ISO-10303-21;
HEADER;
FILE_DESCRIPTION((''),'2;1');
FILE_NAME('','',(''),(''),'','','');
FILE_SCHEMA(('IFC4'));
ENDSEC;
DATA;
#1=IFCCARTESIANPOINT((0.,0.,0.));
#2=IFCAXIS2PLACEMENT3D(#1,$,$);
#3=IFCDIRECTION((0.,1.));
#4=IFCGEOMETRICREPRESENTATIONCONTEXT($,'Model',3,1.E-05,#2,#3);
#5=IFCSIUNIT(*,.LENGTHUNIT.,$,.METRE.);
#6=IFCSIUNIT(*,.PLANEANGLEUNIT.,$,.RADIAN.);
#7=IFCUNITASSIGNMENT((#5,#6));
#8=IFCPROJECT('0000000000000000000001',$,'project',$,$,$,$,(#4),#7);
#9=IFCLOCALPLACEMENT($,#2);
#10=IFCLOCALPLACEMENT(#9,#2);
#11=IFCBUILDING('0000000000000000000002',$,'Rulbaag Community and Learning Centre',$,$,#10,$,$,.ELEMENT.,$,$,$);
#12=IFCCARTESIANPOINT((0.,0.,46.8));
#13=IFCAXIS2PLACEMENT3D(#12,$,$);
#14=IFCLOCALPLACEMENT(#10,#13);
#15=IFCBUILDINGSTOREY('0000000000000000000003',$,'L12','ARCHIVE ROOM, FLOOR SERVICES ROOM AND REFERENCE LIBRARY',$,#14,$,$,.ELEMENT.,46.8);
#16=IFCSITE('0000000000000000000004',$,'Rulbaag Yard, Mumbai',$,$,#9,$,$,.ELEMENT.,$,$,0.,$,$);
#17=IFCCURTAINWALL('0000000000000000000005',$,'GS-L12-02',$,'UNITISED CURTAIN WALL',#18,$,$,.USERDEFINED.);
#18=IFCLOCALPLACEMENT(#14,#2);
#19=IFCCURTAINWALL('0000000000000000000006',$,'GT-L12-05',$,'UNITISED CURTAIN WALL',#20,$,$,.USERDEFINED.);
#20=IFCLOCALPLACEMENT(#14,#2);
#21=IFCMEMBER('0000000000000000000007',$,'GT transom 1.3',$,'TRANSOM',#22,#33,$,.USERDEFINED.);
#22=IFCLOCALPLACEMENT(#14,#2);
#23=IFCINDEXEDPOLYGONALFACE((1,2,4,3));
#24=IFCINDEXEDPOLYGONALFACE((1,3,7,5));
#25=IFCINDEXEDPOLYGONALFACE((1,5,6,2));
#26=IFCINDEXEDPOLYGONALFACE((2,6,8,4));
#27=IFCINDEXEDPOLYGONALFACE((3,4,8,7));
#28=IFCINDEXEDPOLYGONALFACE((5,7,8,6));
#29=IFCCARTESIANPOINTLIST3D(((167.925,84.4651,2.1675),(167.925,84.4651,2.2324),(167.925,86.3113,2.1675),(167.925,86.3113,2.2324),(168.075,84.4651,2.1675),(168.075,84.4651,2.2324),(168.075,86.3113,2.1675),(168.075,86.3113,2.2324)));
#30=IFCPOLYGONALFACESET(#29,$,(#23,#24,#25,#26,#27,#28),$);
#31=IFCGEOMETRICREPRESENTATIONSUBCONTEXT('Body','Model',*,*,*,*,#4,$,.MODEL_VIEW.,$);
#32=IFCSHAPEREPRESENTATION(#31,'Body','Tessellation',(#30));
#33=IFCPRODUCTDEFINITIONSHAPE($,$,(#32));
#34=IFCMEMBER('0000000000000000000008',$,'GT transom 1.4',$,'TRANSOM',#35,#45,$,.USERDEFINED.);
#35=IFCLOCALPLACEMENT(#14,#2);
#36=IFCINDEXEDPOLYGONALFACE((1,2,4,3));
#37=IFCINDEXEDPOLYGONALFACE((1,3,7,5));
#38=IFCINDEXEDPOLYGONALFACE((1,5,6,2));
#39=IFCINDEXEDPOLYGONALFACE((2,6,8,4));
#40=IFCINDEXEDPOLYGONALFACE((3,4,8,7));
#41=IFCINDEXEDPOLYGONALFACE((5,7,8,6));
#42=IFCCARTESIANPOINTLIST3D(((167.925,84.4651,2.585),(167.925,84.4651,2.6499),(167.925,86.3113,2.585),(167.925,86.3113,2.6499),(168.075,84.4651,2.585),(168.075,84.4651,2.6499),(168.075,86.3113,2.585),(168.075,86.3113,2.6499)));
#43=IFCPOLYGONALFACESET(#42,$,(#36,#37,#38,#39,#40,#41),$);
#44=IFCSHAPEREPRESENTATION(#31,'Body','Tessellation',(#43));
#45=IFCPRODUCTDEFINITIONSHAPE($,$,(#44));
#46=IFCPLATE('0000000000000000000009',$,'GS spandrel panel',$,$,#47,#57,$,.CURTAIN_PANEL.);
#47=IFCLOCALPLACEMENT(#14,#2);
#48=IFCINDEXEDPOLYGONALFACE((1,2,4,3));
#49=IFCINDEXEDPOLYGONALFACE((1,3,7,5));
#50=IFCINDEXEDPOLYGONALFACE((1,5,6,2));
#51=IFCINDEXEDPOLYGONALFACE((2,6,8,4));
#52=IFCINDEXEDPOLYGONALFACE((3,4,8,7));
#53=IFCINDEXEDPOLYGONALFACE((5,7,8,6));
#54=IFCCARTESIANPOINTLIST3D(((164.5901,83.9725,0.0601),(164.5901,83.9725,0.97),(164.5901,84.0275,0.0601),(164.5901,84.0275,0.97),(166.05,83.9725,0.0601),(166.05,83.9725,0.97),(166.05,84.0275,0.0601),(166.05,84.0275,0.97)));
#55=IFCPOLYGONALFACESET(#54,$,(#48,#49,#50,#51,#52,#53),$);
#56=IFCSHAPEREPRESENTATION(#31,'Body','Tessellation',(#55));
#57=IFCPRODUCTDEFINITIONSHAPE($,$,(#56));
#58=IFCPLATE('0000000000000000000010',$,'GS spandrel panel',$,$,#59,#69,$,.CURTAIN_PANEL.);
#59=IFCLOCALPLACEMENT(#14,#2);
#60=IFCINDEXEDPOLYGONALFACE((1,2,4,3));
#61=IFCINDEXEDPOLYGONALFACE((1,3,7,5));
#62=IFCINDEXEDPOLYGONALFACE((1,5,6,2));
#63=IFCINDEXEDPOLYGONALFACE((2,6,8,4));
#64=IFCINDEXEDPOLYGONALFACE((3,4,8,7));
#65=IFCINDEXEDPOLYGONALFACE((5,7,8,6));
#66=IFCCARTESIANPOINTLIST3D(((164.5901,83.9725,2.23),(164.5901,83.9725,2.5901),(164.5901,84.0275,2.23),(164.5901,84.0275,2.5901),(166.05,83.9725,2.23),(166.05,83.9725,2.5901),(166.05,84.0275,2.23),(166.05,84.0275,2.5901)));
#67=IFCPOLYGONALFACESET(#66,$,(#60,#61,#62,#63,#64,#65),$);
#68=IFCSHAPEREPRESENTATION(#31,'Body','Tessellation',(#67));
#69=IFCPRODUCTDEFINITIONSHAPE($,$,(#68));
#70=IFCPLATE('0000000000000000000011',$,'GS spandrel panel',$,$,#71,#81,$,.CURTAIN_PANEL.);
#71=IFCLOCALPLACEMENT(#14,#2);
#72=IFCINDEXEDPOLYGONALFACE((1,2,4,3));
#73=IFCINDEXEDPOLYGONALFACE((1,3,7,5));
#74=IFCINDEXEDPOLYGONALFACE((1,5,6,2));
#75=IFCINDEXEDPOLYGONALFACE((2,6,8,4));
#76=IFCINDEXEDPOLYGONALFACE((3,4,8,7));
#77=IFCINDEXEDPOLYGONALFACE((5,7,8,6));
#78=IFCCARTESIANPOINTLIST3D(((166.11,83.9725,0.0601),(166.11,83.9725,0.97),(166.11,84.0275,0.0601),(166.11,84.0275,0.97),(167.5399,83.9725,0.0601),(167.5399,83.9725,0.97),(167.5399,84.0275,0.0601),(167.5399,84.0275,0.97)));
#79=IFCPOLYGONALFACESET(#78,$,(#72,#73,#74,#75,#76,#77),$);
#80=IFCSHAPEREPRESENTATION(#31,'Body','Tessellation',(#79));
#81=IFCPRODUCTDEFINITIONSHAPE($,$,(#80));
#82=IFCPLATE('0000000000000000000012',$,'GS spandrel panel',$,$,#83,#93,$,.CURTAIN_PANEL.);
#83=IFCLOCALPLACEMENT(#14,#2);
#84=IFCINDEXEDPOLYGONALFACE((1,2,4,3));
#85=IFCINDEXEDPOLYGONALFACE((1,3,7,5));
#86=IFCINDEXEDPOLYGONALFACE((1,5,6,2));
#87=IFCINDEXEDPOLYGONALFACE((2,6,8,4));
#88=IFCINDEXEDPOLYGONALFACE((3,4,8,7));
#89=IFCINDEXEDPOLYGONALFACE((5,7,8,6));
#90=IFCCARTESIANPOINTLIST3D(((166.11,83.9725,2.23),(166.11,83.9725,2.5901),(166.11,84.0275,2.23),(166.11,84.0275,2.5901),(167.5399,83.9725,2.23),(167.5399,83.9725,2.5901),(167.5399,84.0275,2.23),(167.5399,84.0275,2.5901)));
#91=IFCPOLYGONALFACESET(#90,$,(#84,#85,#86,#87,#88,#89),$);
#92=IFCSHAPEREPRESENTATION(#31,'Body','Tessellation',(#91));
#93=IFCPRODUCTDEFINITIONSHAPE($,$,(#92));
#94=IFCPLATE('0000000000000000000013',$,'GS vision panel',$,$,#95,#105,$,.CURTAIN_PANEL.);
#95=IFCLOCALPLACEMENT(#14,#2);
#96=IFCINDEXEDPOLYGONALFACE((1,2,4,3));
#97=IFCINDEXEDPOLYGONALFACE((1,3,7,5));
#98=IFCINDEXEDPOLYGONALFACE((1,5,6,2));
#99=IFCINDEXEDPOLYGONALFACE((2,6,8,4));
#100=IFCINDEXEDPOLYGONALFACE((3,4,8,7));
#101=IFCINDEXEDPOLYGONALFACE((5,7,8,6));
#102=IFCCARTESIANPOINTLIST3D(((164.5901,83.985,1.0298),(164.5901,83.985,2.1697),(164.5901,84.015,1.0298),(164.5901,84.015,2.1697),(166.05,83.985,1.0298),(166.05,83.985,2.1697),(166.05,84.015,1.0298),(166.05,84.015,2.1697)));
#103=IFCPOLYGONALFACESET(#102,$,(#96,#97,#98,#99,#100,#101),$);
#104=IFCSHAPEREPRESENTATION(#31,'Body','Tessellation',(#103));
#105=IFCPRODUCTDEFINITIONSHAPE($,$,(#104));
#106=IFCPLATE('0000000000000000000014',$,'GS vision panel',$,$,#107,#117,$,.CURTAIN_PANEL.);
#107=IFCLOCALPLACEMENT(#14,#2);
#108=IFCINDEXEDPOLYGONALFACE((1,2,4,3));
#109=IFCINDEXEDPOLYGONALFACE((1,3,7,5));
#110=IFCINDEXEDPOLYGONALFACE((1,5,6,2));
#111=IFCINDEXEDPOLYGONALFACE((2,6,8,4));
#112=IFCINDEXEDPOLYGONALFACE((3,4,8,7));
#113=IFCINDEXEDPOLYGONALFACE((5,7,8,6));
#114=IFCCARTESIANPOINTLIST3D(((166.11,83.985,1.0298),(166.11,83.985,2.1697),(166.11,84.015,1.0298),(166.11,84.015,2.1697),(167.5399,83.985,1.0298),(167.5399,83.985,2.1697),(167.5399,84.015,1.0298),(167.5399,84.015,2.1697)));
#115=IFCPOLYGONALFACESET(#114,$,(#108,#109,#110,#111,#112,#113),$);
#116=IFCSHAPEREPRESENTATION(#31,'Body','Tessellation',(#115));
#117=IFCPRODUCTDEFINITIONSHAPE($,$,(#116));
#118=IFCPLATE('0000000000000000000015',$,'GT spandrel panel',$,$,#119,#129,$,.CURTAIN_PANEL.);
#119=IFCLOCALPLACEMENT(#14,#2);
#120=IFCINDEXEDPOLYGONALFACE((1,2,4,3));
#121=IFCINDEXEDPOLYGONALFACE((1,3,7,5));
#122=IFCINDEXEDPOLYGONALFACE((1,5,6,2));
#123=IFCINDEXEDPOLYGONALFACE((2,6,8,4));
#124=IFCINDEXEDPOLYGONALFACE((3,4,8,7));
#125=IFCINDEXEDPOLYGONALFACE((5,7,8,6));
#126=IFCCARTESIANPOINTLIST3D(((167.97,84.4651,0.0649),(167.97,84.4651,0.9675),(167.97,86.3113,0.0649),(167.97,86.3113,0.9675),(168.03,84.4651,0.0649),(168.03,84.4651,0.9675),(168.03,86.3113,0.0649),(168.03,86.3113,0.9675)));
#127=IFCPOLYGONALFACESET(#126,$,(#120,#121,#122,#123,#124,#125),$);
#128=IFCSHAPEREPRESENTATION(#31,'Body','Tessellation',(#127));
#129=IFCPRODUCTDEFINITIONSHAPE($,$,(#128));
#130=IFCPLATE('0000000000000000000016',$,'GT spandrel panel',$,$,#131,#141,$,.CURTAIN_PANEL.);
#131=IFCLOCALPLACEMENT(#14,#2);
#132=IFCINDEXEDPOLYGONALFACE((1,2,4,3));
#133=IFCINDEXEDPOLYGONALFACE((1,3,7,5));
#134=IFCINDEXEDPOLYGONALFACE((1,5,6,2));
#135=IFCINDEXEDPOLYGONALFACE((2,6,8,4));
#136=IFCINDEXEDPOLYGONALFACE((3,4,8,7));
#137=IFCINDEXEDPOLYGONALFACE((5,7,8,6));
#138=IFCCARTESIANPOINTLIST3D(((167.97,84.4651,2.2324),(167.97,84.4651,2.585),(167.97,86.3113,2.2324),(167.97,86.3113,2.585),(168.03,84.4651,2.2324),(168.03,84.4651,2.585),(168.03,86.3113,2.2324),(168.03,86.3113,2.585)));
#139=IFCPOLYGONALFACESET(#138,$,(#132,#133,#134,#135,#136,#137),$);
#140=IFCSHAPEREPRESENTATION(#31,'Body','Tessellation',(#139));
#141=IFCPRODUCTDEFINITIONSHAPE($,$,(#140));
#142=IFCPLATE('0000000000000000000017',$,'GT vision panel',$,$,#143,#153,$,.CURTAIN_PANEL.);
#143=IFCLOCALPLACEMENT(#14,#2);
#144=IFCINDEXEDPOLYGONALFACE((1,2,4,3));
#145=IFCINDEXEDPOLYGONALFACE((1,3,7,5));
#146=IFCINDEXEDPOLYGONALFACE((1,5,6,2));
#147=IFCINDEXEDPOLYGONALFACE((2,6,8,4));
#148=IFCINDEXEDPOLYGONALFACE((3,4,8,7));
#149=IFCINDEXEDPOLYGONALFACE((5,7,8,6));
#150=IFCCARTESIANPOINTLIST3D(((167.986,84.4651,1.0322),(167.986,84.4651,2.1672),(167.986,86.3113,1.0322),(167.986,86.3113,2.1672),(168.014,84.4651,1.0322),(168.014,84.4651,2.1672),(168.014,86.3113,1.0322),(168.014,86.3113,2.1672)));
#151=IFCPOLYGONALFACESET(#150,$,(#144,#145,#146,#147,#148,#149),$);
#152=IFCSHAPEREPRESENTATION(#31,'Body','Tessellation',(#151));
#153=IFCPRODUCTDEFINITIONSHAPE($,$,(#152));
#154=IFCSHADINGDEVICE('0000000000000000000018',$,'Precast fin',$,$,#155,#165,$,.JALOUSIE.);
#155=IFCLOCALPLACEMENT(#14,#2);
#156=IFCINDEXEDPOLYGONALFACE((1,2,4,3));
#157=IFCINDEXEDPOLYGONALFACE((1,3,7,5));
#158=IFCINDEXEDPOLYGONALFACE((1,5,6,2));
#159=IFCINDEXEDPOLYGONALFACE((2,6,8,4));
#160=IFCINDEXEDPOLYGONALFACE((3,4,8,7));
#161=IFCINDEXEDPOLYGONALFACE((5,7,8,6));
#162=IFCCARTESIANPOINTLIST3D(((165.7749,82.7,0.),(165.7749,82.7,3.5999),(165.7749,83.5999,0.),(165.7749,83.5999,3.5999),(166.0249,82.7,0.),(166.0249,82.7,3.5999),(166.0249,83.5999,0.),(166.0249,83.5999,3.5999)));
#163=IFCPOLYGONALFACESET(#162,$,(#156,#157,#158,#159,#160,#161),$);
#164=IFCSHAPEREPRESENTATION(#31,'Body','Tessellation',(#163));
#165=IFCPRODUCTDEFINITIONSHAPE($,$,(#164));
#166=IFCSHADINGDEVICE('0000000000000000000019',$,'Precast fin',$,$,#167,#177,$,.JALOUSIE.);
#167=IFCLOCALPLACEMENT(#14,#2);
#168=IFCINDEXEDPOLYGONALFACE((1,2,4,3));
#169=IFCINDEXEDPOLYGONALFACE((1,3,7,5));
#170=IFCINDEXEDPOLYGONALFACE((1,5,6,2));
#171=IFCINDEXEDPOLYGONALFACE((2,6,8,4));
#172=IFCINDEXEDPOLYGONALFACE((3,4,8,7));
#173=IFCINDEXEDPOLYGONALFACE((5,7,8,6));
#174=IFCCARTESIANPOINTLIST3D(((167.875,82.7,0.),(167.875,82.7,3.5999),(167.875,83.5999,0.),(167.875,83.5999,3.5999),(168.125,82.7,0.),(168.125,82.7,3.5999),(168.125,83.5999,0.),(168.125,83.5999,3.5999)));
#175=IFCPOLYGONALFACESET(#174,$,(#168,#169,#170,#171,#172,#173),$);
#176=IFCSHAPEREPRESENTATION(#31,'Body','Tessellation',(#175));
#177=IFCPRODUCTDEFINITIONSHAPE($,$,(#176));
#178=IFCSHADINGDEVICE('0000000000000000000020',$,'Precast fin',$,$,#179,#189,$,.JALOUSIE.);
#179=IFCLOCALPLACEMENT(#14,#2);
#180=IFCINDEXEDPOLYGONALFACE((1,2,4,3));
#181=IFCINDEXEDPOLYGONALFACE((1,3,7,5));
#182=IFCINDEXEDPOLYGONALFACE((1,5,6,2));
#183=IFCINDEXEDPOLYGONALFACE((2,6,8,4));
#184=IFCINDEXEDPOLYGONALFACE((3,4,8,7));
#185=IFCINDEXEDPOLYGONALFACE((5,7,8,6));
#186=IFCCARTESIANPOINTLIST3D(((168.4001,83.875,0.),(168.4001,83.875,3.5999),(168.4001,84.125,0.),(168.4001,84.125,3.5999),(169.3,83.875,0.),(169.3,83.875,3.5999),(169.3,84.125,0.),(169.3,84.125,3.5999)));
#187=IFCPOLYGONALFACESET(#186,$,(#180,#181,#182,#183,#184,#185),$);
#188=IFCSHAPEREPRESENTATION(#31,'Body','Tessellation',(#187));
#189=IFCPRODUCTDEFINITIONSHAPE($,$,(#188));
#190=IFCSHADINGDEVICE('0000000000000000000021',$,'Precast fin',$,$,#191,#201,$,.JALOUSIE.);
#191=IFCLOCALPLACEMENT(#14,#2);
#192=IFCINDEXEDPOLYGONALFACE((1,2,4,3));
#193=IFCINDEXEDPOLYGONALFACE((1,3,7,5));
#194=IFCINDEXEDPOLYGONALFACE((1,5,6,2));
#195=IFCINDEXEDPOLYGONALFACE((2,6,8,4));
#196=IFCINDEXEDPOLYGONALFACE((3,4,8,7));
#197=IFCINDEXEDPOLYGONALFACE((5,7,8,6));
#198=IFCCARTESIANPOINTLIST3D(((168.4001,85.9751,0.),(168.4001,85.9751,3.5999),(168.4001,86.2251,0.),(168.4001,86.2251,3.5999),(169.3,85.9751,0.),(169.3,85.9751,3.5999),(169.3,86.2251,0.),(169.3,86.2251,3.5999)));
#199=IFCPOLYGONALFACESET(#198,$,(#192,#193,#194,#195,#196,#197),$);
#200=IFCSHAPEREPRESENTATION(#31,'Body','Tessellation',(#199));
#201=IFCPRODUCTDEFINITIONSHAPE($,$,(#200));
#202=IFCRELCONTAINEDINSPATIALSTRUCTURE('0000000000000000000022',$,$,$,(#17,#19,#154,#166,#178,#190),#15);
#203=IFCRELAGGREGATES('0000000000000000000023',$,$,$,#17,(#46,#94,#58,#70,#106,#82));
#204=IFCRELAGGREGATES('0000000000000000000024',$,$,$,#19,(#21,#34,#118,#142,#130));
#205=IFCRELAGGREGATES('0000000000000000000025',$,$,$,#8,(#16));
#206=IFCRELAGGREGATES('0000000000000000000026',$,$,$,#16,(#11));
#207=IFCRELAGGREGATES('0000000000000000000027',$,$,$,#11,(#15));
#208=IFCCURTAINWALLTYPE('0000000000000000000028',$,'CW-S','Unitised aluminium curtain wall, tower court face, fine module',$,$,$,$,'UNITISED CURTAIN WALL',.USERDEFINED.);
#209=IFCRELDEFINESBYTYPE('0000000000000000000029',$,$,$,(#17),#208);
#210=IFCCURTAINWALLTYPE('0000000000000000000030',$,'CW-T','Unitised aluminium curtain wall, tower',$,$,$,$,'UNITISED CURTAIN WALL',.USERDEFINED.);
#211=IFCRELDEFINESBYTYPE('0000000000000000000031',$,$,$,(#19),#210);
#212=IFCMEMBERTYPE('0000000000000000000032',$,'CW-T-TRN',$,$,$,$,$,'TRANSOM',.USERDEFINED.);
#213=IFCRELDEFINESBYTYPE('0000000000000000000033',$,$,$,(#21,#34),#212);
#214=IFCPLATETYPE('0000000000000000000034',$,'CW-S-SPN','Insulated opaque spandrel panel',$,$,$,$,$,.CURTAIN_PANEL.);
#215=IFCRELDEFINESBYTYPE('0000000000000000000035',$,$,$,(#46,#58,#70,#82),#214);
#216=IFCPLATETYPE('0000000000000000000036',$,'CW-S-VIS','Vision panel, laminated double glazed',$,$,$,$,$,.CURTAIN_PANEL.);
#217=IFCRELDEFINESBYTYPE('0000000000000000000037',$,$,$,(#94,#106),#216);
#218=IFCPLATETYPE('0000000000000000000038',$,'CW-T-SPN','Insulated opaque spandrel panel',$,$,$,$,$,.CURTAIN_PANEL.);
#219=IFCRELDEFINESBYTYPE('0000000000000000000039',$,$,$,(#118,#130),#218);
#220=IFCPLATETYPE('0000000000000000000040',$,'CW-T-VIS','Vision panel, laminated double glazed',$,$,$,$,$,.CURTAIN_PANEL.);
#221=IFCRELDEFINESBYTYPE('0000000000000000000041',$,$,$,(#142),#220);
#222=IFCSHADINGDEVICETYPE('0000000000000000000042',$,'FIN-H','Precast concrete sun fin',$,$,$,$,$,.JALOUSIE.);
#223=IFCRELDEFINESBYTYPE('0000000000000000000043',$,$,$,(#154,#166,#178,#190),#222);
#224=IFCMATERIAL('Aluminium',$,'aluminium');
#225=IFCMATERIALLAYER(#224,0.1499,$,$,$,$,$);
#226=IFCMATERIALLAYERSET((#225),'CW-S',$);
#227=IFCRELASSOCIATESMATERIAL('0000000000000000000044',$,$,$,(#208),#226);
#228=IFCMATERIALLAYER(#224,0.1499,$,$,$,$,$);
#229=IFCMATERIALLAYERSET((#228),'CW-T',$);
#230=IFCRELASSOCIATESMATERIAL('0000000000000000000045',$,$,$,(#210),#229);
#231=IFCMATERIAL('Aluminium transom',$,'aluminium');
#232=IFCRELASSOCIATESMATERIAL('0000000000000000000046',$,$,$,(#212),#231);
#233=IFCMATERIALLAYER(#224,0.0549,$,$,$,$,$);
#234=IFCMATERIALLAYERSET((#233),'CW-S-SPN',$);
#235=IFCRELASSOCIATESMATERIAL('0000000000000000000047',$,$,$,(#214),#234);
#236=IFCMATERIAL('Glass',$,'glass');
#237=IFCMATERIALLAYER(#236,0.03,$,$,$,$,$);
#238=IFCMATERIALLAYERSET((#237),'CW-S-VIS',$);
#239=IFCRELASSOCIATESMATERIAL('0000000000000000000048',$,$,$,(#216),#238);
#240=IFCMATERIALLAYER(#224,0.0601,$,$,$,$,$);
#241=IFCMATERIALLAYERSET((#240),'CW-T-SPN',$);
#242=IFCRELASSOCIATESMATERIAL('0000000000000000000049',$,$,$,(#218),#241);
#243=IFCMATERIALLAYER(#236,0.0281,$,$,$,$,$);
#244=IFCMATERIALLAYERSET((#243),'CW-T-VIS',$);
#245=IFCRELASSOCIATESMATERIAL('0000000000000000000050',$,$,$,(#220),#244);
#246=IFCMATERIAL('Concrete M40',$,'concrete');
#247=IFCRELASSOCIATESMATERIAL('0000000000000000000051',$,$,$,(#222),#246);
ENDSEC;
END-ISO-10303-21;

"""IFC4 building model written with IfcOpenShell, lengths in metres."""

from ifc_helpers import new_model, si_unit, direction, frame, origin, origin_2d, place, context, subcontext, project, spatial, rectangle, extrude, material, layer, layer_set, material_profile, profile_set, type_object, element, aggregate, save


model = new_model("IFC4")

# Units and contexts
model_context = context("Model", 3, precision=1e-05, world=origin(), true_north=direction((0.0, 1.0)))
body_context = subcontext(model_context, "Body", "Model", "MODEL_VIEW")
ifc_project = project(units=[si_unit("LENGTHUNIT", "METRE"), si_unit("PLANEANGLEUNIT", "RADIAN")], contexts=[model_context])

# Site, building, storey
site_placement = place(None, origin())
site = spatial("IfcSite", under=ifc_project, at=site_placement, Name="Rulbaag Yard, Mumbai", CompositionType="ELEMENT", RefElevation=0.0)
building_placement = place(site_placement, origin())
building = spatial("IfcBuilding", under=site, at=building_placement, Name="Rulbaag Community and Learning Centre", CompositionType="ELEMENT")
storey_placement = place(building_placement, frame((0.0, 0.0, 46.8)))
storey = spatial("IfcBuildingStorey", under=building, at=storey_placement, Name="L12", Description="ARCHIVE ROOM, FLOOR SERVICES ROOM AND REFERENCE LIBRARY", CompositionType="ELEMENT", Elevation=46.8)

# Shared definitions
ifc_material_1 = material(Name="Concrete M40", Category="concrete")

# Curtain walls, members
ifc_material_2 = material(Name="Aluminium", Category="aluminium")
ifc_layer_1 = layer(ifc_material_2, 0.1499)
ifc_layer_set_1 = layer_set([ifc_layer_1], Name="CW-S")
curtain_wall_type_1 = type_object("IfcCurtainWallType", Name="CW-S", Description="Unitised aluminium curtain wall, tower court face, fine module", ElementType="UNITISED CURTAIN WALL", PredefinedType="USERDEFINED", material=ifc_layer_set_1)
curtain_wall_1_placement = place(storey_placement, origin())
curtain_wall_1 = element("IfcCurtainWall", 1, at=curtain_wall_1_placement, inside=storey, type_object=curtain_wall_type_1, Name="GS-L12-02", ObjectType="UNITISED CURTAIN WALL", PredefinedType="USERDEFINED")
ifc_material_3 = material(Name="Aluminium transom", Category="aluminium")
ifc_layer_2 = layer(ifc_material_2, 0.1499)
ifc_layer_set_2 = layer_set([ifc_layer_2], Name="CW-T")
curtain_wall_type_2 = type_object("IfcCurtainWallType", Name="CW-T", Description="Unitised aluminium curtain wall, tower", ElementType="UNITISED CURTAIN WALL", PredefinedType="USERDEFINED", material=ifc_layer_set_2)
curtain_wall_2_placement = place(storey_placement, origin())
curtain_wall_2 = element("IfcCurtainWall", 2, at=curtain_wall_2_placement, inside=storey, type_object=curtain_wall_type_2, Name="GT-L12-05", ObjectType="UNITISED CURTAIN WALL", PredefinedType="USERDEFINED")
ifc_material_profile_1 = material_profile(ifc_material_3, rectangle(XDim=0.1499, YDim=0.0649, at=origin_2d()), Name="AL 65x150 T")
ifc_profile_set_1 = profile_set([ifc_material_profile_1], Name="Aluminium transom")
member_type_1 = type_object("IfcMemberType", Name="CW-T-TRN", ElementType="TRANSOM", PredefinedType="USERDEFINED", material=ifc_profile_set_1)
member_1_placement = place(storey_placement, frame((168.0, 84.4651, 2.2), z_axis=(0.0, 1.0, 0.0), x_axis=(-1.0, 0.0, 0.0)))
member_1 = element("IfcMember", 3, at=member_1_placement, type_object=member_type_1, Name="GT transom 1.3", ObjectType="TRANSOM", PredefinedType="USERDEFINED", context=body_context, shape_type="SweptSolid", body=[
    extrude(rectangle(XDim=0.1499, YDim=0.0649, at=origin_2d()), origin(), (0.0, 0.0, 1.0), 1.8462),
])
member_2_placement = place(storey_placement, frame((168.0, 84.4651, 2.6174), z_axis=(0.0, 1.0, 0.0), x_axis=(-1.0, 0.0, 0.0)))
member_2 = element("IfcMember", 4, at=member_2_placement, type_object=member_type_1, Name="GT transom 1.4", ObjectType="TRANSOM", PredefinedType="USERDEFINED", context=body_context, shape_type="SweptSolid", body=[
    extrude(rectangle(XDim=0.1499, YDim=0.0649, at=origin_2d()), origin(), (0.0, 0.0, 1.0), 1.8462),
])

# Plates
ifc_layer_3 = layer(ifc_material_2, 0.0549)
ifc_layer_set_3 = layer_set([ifc_layer_3], Name="CW-S-SPN")
plate_type_1 = type_object("IfcPlateType", Name="CW-S-SPN", Description="Insulated opaque spandrel panel", PredefinedType="CURTAIN_PANEL", material=ifc_layer_set_3)
plate_1_placement = place(storey_placement, frame((165.3201, 84.0, 0.0601), z_axis=(0.0, 0.0, 1.0), x_axis=(1.0, 0.0, 0.0)))
plate_1 = element("IfcPlate", 5, at=plate_1_placement, type_object=plate_type_1, Name="GS spandrel panel", PredefinedType="CURTAIN_PANEL", context=body_context, shape_type="SweptSolid", body=[
    extrude(rectangle(XDim=1.46, YDim=0.0549, at=origin_2d()), origin(), (0.0, 0.0, 1.0), 0.9099),
])
plate_2_placement = place(storey_placement, frame((165.3201, 84.0, 2.23), z_axis=(0.0, 0.0, 1.0), x_axis=(1.0, 0.0, 0.0)))
plate_2 = element("IfcPlate", 6, at=plate_2_placement, type_object=plate_type_1, Name="GS spandrel panel", PredefinedType="CURTAIN_PANEL", context=body_context, shape_type="SweptSolid", body=[
    extrude(rectangle(XDim=1.46, YDim=0.0549, at=origin_2d()), origin(), (0.0, 0.0, 1.0), 0.3601),
])
plate_3_placement = place(storey_placement, frame((166.825, 84.0, 0.0601), z_axis=(0.0, 0.0, 1.0), x_axis=(1.0, 0.0, 0.0)))
plate_3 = element("IfcPlate", 7, at=plate_3_placement, type_object=plate_type_1, Name="GS spandrel panel", PredefinedType="CURTAIN_PANEL", context=body_context, shape_type="SweptSolid", body=[
    extrude(rectangle(XDim=1.4299, YDim=0.0549, at=origin_2d()), origin(), (0.0, 0.0, 1.0), 0.9099),
])
plate_4_placement = place(storey_placement, frame((166.825, 84.0, 2.23), z_axis=(0.0, 0.0, 1.0), x_axis=(1.0, 0.0, 0.0)))
plate_4 = element("IfcPlate", 8, at=plate_4_placement, type_object=plate_type_1, Name="GS spandrel panel", PredefinedType="CURTAIN_PANEL", context=body_context, shape_type="SweptSolid", body=[
    extrude(rectangle(XDim=1.4299, YDim=0.0549, at=origin_2d()), origin(), (0.0, 0.0, 1.0), 0.3601),
])
ifc_material_4 = material(Name="Glass", Category="glass")
ifc_layer_4 = layer(ifc_material_4, 0.03)
ifc_layer_set_4 = layer_set([ifc_layer_4], Name="CW-S-VIS")
plate_type_2 = type_object("IfcPlateType", Name="CW-S-VIS", Description="Vision panel, laminated double glazed", PredefinedType="CURTAIN_PANEL", material=ifc_layer_set_4)
plate_5_placement = place(storey_placement, frame((165.3201, 84.0, 1.0298), z_axis=(0.0, 0.0, 1.0), x_axis=(1.0, 0.0, 0.0)))
plate_5 = element("IfcPlate", 9, at=plate_5_placement, type_object=plate_type_2, Name="GS vision panel", PredefinedType="CURTAIN_PANEL", context=body_context, shape_type="SweptSolid", body=[
    extrude(rectangle(XDim=1.46, YDim=0.03, at=origin_2d()), origin(), (0.0, 0.0, 1.0), 1.1399),
])
plate_6_placement = place(storey_placement, frame((166.825, 84.0, 1.0298), z_axis=(0.0, 0.0, 1.0), x_axis=(1.0, 0.0, 0.0)))
plate_6 = element("IfcPlate", 10, at=plate_6_placement, type_object=plate_type_2, Name="GS vision panel", PredefinedType="CURTAIN_PANEL", context=body_context, shape_type="SweptSolid", body=[
    extrude(rectangle(XDim=1.4299, YDim=0.03, at=origin_2d()), origin(), (0.0, 0.0, 1.0), 1.1399),
])
aggregate(curtain_wall_1, [plate_1, plate_5, plate_2, plate_3, plate_6, plate_4])
ifc_layer_5 = layer(ifc_material_2, 0.0601)
ifc_layer_set_5 = layer_set([ifc_layer_5], Name="CW-T-SPN")
plate_type_3 = type_object("IfcPlateType", Name="CW-T-SPN", Description="Insulated opaque spandrel panel", PredefinedType="CURTAIN_PANEL", material=ifc_layer_set_5)
plate_7_placement = place(storey_placement, frame((168.0, 85.3882, 0.0649), z_axis=(0.0, 0.0, 1.0), x_axis=(0.0, 1.0, 0.0)))
plate_7 = element("IfcPlate", 11, at=plate_7_placement, type_object=plate_type_3, Name="GT spandrel panel", PredefinedType="CURTAIN_PANEL", context=body_context, shape_type="SweptSolid", body=[
    extrude(rectangle(XDim=1.8462, YDim=0.0601, at=origin_2d()), origin(), (0.0, 0.0, 1.0), 0.9026),
])
plate_8_placement = place(storey_placement, frame((168.0, 85.3882, 2.2324), z_axis=(0.0, 0.0, 1.0), x_axis=(0.0, 1.0, 0.0)))
plate_8 = element("IfcPlate", 12, at=plate_8_placement, type_object=plate_type_3, Name="GT spandrel panel", PredefinedType="CURTAIN_PANEL", context=body_context, shape_type="SweptSolid", body=[
    extrude(rectangle(XDim=1.8462, YDim=0.0601, at=origin_2d()), origin(), (0.0, 0.0, 1.0), 0.3525),
])
ifc_layer_6 = layer(ifc_material_4, 0.0281)
ifc_layer_set_6 = layer_set([ifc_layer_6], Name="CW-T-VIS")
plate_type_4 = type_object("IfcPlateType", Name="CW-T-VIS", Description="Vision panel, laminated double glazed", PredefinedType="CURTAIN_PANEL", material=ifc_layer_set_6)
plate_9_placement = place(storey_placement, frame((168.0, 85.3882, 1.0322), z_axis=(0.0, 0.0, 1.0), x_axis=(0.0, 1.0, 0.0)))
plate_9 = element("IfcPlate", 13, at=plate_9_placement, type_object=plate_type_4, Name="GT vision panel", PredefinedType="CURTAIN_PANEL", context=body_context, shape_type="SweptSolid", body=[
    extrude(rectangle(XDim=1.8462, YDim=0.0281, at=origin_2d()), origin(), (0.0, 0.0, 1.0), 1.135),
])
aggregate(curtain_wall_2, [member_1, member_2, plate_7, plate_9, plate_8])

# Shading devices
ifc_material_profile_2 = material_profile(ifc_material_1, rectangle(XDim=0.25, YDim=0.8999, at=origin_2d()), Name="PC 250x900")
ifc_profile_set_2 = profile_set([ifc_material_profile_2], Name="Concrete M40")
shading_device_type = type_object("IfcShadingDeviceType", Name="FIN-H", Description="Precast concrete sun fin", PredefinedType="JALOUSIE", material=ifc_profile_set_2)
for number, where, z_axis, x_axis, name in (
    (14, (165.8999, 83.1499, 0.0), (0.0, 0.0, 1.0), (1.0, 0.0, 0.0), "Precast fin"),
    (15, (168.0, 83.1499, 0.0), (0.0, 0.0, 1.0), (1.0, 0.0, 0.0), "Precast fin"),
    (16, (168.8501, 84.0, 0.0), (0.0, 0.0, 1.0), (0.0, 1.0, 0.0), "Precast fin"),
    (17, (168.8501, 86.1001, 0.0), (0.0, 0.0, 1.0), (0.0, 1.0, 0.0), "Precast fin"),
):
    element("IfcShadingDevice", number, at=place(storey_placement, frame(where, z_axis=z_axis, x_axis=x_axis)), inside=storey, type_object=shading_device_type, Name=name, PredefinedType="JALOUSIE", context=body_context, shape_type="SweptSolid", body=[
        extrude(rectangle(XDim=0.25, YDim=0.8999, at=origin_2d()), origin(), (0.0, 0.0, 1.0), 3.5999),
    ])

save(model, "model.ifc")
